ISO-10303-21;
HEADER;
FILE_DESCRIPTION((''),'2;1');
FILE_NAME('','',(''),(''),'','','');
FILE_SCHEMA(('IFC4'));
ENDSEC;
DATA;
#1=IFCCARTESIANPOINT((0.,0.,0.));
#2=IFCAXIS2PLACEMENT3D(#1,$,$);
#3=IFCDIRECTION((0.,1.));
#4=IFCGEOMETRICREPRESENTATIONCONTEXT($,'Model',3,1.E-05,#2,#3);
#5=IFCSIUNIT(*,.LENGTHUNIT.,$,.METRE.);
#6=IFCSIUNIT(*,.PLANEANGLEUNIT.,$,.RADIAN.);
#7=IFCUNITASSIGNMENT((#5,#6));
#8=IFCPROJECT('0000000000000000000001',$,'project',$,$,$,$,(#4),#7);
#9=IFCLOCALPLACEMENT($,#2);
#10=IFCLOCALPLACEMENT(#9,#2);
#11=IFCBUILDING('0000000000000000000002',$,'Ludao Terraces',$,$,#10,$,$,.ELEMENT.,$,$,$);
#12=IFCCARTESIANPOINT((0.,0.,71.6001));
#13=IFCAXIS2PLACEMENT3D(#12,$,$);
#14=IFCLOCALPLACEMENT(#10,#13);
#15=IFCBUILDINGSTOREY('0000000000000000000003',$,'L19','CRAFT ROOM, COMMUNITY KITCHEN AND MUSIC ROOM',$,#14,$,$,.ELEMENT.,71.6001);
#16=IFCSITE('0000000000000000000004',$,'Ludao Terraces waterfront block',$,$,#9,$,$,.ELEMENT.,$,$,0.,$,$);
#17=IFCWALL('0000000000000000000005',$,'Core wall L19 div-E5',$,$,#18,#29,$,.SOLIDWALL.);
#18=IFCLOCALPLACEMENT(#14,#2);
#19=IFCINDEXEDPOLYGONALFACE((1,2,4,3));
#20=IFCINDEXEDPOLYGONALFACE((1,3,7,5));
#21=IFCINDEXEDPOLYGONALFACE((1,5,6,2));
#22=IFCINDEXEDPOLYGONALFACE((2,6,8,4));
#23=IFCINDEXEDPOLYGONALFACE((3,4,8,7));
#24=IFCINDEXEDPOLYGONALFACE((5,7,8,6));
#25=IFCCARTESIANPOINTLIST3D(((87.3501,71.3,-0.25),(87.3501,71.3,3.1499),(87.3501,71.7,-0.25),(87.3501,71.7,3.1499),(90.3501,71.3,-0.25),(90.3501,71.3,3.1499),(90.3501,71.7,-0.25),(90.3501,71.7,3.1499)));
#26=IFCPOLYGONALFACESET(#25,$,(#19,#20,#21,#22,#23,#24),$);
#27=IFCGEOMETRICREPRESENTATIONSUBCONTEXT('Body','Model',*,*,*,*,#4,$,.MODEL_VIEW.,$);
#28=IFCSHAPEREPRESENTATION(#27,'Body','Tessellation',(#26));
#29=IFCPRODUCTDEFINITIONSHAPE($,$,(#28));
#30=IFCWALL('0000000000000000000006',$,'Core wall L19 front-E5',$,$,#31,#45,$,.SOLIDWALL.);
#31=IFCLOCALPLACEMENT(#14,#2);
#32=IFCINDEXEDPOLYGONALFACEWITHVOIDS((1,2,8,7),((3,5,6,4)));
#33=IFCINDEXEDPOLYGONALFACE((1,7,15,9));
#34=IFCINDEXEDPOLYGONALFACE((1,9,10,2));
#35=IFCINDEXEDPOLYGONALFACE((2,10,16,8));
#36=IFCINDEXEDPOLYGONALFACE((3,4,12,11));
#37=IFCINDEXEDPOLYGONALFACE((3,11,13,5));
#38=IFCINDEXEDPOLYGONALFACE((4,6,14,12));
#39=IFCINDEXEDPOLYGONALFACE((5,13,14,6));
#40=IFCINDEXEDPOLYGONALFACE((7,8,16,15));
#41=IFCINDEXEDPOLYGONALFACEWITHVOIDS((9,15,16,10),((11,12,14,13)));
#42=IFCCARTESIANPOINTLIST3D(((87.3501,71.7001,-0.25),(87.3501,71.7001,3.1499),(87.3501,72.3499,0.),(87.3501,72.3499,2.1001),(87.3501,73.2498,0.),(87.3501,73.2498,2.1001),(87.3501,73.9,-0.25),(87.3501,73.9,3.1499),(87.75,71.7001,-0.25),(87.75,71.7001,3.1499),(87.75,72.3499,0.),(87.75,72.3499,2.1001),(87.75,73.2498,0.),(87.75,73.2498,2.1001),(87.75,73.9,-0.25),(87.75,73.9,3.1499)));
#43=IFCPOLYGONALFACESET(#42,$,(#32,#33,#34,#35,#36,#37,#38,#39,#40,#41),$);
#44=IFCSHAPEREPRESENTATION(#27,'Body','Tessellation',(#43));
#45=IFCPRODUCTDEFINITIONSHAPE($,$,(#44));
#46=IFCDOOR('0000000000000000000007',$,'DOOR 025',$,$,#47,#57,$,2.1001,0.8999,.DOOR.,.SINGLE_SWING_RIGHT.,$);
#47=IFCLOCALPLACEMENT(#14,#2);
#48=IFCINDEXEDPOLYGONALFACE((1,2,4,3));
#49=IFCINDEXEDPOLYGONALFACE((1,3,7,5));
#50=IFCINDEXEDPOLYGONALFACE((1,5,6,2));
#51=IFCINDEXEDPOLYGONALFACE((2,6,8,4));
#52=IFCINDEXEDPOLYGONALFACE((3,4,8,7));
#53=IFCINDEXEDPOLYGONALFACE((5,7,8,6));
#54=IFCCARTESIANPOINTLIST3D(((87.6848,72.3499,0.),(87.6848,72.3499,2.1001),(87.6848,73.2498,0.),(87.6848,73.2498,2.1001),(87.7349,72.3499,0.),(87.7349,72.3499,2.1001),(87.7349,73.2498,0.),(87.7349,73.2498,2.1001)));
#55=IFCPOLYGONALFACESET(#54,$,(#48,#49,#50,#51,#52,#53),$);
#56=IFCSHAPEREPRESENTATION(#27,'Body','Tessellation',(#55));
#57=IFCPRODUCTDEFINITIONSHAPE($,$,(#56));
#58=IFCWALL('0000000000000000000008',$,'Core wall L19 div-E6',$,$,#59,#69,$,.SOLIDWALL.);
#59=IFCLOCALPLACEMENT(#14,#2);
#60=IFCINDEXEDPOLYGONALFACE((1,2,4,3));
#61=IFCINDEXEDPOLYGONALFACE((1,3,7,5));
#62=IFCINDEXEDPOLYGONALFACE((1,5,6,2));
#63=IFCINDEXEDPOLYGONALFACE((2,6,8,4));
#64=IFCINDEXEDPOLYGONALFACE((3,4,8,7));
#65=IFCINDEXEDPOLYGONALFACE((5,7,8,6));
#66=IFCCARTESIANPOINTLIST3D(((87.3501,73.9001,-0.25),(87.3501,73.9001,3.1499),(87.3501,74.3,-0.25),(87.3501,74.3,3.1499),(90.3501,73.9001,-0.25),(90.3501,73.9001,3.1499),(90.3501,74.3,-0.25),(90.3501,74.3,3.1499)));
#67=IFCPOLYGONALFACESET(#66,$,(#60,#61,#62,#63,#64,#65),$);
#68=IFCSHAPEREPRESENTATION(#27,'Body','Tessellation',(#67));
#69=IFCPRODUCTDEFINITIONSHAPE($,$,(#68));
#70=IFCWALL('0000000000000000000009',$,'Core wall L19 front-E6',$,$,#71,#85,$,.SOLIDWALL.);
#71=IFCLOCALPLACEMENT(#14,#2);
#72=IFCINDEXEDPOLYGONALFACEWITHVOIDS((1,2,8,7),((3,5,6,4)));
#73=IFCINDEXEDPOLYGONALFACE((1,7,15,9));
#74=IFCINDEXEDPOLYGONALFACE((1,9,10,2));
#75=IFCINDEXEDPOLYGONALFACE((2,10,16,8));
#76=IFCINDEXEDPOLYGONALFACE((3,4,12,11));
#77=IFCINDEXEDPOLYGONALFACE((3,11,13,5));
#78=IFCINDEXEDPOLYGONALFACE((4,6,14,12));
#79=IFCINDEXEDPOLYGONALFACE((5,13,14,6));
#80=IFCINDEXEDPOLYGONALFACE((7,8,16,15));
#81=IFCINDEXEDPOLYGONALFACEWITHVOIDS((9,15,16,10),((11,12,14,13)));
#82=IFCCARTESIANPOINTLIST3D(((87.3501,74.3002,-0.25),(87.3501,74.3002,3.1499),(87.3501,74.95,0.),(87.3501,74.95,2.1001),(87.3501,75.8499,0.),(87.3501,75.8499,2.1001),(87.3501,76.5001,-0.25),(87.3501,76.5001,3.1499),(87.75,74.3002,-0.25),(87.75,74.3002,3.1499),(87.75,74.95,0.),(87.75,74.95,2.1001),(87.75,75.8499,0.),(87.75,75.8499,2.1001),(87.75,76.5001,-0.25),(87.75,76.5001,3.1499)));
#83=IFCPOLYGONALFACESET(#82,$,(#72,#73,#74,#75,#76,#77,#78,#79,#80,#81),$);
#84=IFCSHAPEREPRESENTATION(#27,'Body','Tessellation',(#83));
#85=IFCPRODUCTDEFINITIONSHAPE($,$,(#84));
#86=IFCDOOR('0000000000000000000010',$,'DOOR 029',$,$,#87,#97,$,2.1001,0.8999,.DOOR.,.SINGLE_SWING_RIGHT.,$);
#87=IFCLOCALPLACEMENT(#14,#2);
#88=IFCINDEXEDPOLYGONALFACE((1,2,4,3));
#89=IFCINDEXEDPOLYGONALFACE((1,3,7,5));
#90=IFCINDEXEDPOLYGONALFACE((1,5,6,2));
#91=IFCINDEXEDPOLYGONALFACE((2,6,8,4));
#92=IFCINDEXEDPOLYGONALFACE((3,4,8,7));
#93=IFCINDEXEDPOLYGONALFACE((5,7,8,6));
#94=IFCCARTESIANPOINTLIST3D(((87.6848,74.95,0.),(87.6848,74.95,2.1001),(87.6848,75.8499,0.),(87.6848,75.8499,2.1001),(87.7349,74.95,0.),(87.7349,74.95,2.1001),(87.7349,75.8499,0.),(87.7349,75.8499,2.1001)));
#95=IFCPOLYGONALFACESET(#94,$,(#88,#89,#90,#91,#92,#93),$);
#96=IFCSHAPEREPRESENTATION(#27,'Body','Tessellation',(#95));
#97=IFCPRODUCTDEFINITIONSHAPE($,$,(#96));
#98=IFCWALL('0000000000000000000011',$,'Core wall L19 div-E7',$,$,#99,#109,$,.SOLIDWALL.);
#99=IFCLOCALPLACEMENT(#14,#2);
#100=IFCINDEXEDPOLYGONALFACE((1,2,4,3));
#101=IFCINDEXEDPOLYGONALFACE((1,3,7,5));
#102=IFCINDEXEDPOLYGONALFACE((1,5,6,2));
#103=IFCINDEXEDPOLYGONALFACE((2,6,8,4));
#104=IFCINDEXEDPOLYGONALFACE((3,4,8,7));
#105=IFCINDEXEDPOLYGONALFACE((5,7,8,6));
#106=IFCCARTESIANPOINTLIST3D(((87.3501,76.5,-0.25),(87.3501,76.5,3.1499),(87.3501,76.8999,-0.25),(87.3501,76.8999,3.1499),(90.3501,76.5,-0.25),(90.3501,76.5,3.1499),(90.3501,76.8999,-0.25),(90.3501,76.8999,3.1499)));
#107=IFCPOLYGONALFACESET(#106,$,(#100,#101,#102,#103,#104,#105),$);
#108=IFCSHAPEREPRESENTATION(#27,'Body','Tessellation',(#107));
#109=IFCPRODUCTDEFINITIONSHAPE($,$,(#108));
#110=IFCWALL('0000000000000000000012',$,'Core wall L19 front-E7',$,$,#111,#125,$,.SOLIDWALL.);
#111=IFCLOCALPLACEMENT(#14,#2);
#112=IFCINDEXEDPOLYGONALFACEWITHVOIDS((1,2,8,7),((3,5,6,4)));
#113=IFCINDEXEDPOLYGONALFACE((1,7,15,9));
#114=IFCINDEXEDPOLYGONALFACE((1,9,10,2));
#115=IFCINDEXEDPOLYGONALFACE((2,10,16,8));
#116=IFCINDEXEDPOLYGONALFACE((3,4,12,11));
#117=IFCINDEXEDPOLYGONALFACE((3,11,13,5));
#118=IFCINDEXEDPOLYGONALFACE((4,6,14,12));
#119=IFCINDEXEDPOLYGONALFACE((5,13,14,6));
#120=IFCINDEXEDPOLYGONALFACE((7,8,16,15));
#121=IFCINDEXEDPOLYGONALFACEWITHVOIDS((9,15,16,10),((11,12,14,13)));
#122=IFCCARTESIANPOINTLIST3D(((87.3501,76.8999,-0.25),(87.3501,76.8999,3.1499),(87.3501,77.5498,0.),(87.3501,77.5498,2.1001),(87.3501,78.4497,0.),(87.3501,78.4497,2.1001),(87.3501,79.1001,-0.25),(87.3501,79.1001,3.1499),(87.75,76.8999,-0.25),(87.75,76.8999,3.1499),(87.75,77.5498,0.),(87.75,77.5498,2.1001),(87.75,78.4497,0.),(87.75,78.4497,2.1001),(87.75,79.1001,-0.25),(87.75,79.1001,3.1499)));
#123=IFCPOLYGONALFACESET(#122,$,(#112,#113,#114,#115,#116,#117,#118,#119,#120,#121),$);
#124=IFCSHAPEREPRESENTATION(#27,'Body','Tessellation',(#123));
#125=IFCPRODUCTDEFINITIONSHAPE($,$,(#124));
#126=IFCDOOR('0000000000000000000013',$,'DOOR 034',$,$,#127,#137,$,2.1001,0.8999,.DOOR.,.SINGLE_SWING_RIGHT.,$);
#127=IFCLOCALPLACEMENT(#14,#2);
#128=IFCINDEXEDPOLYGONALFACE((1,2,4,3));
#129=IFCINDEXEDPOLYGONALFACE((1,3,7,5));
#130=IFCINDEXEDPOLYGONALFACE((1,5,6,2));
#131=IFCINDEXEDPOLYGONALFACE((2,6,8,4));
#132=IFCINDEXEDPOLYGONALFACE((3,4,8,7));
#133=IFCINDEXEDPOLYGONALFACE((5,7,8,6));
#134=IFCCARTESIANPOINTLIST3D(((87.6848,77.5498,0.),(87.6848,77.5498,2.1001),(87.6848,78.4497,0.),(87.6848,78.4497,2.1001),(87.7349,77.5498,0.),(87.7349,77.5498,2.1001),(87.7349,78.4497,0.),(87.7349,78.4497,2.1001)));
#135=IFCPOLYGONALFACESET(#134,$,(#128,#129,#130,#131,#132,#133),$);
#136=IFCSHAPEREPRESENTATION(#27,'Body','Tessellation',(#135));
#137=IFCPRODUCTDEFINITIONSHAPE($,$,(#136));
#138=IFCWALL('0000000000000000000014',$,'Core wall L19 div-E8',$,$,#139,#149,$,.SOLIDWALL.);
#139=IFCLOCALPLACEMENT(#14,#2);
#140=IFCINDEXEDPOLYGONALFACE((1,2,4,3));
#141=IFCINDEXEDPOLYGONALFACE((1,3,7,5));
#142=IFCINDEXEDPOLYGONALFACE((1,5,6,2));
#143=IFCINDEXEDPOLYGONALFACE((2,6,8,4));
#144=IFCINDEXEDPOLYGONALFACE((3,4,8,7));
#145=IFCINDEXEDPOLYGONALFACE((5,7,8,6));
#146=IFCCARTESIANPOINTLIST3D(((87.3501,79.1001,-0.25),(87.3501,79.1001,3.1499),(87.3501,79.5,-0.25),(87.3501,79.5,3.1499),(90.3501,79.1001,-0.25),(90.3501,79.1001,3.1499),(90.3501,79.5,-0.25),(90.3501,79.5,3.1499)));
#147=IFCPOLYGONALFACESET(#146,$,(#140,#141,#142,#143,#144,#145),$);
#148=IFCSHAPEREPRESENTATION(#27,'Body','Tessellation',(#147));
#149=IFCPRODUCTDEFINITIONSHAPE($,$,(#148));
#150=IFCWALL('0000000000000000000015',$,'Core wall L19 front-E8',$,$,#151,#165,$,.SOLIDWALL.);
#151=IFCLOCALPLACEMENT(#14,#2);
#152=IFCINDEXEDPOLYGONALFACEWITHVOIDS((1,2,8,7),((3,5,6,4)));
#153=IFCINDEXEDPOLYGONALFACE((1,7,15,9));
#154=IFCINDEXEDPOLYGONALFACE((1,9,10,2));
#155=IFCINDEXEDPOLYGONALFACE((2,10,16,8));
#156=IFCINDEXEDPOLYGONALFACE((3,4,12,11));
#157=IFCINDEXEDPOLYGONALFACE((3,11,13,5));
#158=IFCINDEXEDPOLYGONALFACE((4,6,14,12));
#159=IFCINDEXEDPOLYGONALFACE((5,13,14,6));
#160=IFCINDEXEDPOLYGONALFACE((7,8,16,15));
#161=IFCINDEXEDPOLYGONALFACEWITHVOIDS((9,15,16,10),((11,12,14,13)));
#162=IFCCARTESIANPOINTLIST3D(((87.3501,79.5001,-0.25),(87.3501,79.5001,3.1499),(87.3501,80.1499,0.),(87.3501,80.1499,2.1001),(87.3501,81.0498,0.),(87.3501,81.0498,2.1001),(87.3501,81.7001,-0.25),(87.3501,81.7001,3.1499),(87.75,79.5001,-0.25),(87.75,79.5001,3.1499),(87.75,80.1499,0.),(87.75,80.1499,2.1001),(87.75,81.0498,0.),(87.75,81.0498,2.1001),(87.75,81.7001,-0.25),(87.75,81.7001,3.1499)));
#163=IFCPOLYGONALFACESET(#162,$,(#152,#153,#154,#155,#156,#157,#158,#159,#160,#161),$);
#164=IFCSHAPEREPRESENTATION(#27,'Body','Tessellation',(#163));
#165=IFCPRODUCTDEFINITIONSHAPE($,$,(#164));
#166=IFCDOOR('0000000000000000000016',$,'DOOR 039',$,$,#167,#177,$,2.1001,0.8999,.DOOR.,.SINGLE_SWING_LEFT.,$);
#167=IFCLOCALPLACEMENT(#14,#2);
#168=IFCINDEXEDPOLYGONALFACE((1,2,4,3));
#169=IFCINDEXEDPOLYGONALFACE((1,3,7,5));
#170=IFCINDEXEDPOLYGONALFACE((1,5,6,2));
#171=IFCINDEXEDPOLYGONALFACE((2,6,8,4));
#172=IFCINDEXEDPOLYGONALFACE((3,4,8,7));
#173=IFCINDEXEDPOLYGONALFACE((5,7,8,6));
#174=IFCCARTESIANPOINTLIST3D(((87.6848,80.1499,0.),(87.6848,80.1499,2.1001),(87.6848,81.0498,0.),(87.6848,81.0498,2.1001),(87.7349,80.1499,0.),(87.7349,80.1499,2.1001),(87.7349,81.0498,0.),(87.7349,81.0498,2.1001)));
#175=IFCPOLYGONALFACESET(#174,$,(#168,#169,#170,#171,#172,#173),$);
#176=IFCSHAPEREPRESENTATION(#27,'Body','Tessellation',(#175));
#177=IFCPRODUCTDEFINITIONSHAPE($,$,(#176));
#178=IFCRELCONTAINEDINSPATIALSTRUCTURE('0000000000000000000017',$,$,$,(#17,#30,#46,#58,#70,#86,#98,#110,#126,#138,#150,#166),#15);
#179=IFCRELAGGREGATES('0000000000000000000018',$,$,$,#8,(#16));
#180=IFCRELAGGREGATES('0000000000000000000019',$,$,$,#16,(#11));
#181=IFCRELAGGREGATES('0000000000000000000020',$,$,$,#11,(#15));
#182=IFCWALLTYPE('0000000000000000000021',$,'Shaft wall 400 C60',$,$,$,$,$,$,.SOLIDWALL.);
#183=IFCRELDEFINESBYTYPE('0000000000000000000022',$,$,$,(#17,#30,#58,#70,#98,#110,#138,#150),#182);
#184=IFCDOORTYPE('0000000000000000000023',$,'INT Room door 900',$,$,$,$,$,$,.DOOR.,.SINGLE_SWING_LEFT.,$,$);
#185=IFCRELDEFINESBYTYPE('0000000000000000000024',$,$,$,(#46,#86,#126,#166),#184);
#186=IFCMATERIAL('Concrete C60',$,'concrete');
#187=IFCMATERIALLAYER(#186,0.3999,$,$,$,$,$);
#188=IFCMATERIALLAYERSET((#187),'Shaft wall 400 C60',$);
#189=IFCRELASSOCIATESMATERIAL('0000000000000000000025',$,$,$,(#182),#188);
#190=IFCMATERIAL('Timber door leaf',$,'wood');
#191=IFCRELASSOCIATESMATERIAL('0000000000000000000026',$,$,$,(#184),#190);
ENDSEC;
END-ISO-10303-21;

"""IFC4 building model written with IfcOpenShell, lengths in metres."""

from ifc_helpers import new_model, si_unit, direction, frame, frame_2d, origin, place, context, subcontext, project, spatial, rectangle, extrude, material, layer, layer_set, type_object, element, fill, save


model = new_model("IFC4")

# Units and contexts
model_context = context("Model", 3, precision=1e-05, world=origin(), true_north=direction((0.0, 1.0)))
body_context = subcontext(model_context, "Body", "Model", "MODEL_VIEW")
ifc_project = project(units=[si_unit("LENGTHUNIT", "METRE"), si_unit("PLANEANGLEUNIT", "RADIAN")], contexts=[model_context])

# Site, building, storey
site_placement = place(None, origin())
site = spatial("IfcSite", under=ifc_project, at=site_placement, Name="Ludao Terraces waterfront block", CompositionType="ELEMENT", RefElevation=0.0)
building_placement = place(site_placement, origin())
building = spatial("IfcBuilding", under=site, at=building_placement, Name="Ludao Terraces", CompositionType="ELEMENT")
storey_placement = place(building_placement, frame((0.0, 0.0, 71.6001)))
storey = spatial("IfcBuildingStorey", under=building, at=storey_placement, Name="L19", Description="CRAFT ROOM, COMMUNITY KITCHEN AND MUSIC ROOM", CompositionType="ELEMENT", Elevation=71.6001)

# Wall
ifc_material_1 = material(Name="Concrete C60", Category="concrete")
ifc_layer_1 = layer(ifc_material_1, 0.3999)
ifc_layer_set_1 = layer_set([ifc_layer_1], Name="Shaft wall 400 C60")
wall_type_1 = type_object("IfcWallType", Name="Shaft wall 400 C60", PredefinedType="SOLIDWALL", material=ifc_layer_set_1)
wall_1_placement = place(storey_placement, frame((87.3501, 71.5, -0.25), z_axis=(0.0, 0.0, 1.0), x_axis=(1.0, 0.0, 0.0)))
element("IfcWall", 1, at=wall_1_placement, inside=storey, type_object=wall_type_1, Name="Core wall L19 div-E5", PredefinedType="SOLIDWALL", context=body_context, shape_type="SweptSolid", body=[
    extrude(rectangle(XDim=3.0, YDim=0.3999, at=frame_2d((1.5, 0.0))), origin(), (0.0, 0.0, 1.0), 3.3999),
])

# Wall, opening, door
wall_2_placement = place(storey_placement, frame((87.55, 71.7, -0.25), z_axis=(0.0, 0.0, 1.0), x_axis=(0.0, 1.0, 0.0)))
wall_2 = element("IfcWall", 2, at=wall_2_placement, inside=storey, type_object=wall_type_1, Name="Core wall L19 front-E5", PredefinedType="SOLIDWALL", context=body_context, shape_type="SweptSolid", body=[
    extrude(rectangle(XDim=2.2, YDim=0.3999, at=frame_2d((1.1001, 0.0))), origin(), (0.0, 0.0, 1.0), 3.3999),
])
opening_1_placement = place(wall_2_placement, frame((0.6499, 0.0, 0.25)))
opening_1 = element("IfcOpeningElement", 3, at=opening_1_placement, cuts=wall_2, PredefinedType="OPENING", context=body_context, shape_type="SweptSolid", body=[
    extrude(rectangle(XDim=0.8999, YDim=2.1001, at=frame_2d((0.45, 1.05))), frame((0.0, 0.21, 0.0), z_axis=(0.0, -1.0, 0.0), x_axis=(1.0, 0.0, 0.0)), (0.0, 0.0, 1.0), 0.4199),
])
ifc_material_2 = material(Name="Timber door leaf", Category="wood")
door_type_1 = type_object("IfcDoorType", Name="INT Room door 900", OperationType="SINGLE_SWING_LEFT", PredefinedType="DOOR", material=ifc_material_2)
door_1_placement = place(opening_1_placement, origin())
door_1 = element("IfcDoor", 4, at=door_1_placement, inside=storey, type_object=door_type_1, Name="DOOR 025", OperationType="SINGLE_SWING_RIGHT", OverallHeight=2.1001, OverallWidth=0.8999, PredefinedType="DOOR", context=body_context, shape_type="SweptSolid", body=[
    extrude(rectangle(XDim=0.8999, YDim=2.1001, at=frame_2d((0.45, 1.05))), frame((0.0, -0.1348, 0.0), z_axis=(0.0, -1.0, 0.0), x_axis=(1.0, 0.0, 0.0)), (0.0, 0.0, 1.0), 0.05),
])
fill(opening_1, door_1)

# Wall
wall_3_placement = place(storey_placement, frame((87.3501, 74.1001, -0.25), z_axis=(0.0, 0.0, 1.0), x_axis=(1.0, 0.0, 0.0)))
element("IfcWall", 5, at=wall_3_placement, inside=storey, type_object=wall_type_1, Name="Core wall L19 div-E6", PredefinedType="SOLIDWALL", context=body_context, shape_type="SweptSolid", body=[
    extrude(rectangle(XDim=3.0, YDim=0.3999, at=frame_2d((1.5, 0.0))), origin(), (0.0, 0.0, 1.0), 3.3999),
])

# Wall, opening, door
wall_4_placement = place(storey_placement, frame((87.55, 74.3, -0.25), z_axis=(0.0, 0.0, 1.0), x_axis=(0.0, 1.0, 0.0)))
wall_4 = element("IfcWall", 6, at=wall_4_placement, inside=storey, type_object=wall_type_1, Name="Core wall L19 front-E6", PredefinedType="SOLIDWALL", context=body_context, shape_type="SweptSolid", body=[
    extrude(rectangle(XDim=2.2, YDim=0.3999, at=frame_2d((1.1001, 0.0))), origin(), (0.0, 0.0, 1.0), 3.3999),
])
opening_2_placement = place(wall_4_placement, frame((0.6499, 0.0, 0.25)))
opening_2 = element("IfcOpeningElement", 7, at=opening_2_placement, cuts=wall_4, PredefinedType="OPENING", context=body_context, shape_type="SweptSolid", body=[
    extrude(rectangle(XDim=0.8999, YDim=2.1001, at=frame_2d((0.45, 1.05))), frame((0.0, 0.21, 0.0), z_axis=(0.0, -1.0, 0.0), x_axis=(1.0, 0.0, 0.0)), (0.0, 0.0, 1.0), 0.4199),
])
door_2_placement = place(opening_2_placement, origin())
door_2 = element("IfcDoor", 8, at=door_2_placement, inside=storey, type_object=door_type_1, Name="DOOR 029", OperationType="SINGLE_SWING_RIGHT", OverallHeight=2.1001, OverallWidth=0.8999, PredefinedType="DOOR", context=body_context, shape_type="SweptSolid", body=[
    extrude(rectangle(XDim=0.8999, YDim=2.1001, at=frame_2d((0.45, 1.05))), frame((0.0, -0.1348, 0.0), z_axis=(0.0, -1.0, 0.0), x_axis=(1.0, 0.0, 0.0)), (0.0, 0.0, 1.0), 0.05),
])
fill(opening_2, door_2)

# Wall
wall_5_placement = place(storey_placement, frame((87.3501, 76.7, -0.25), z_axis=(0.0, 0.0, 1.0), x_axis=(1.0, 0.0, 0.0)))
element("IfcWall", 9, at=wall_5_placement, inside=storey, type_object=wall_type_1, Name="Core wall L19 div-E7", PredefinedType="SOLIDWALL", context=body_context, shape_type="SweptSolid", body=[
    extrude(rectangle(XDim=3.0, YDim=0.3999, at=frame_2d((1.5, 0.0))), origin(), (0.0, 0.0, 1.0), 3.3999),
])

# Wall, opening, door
wall_6_placement = place(storey_placement, frame((87.55, 76.8999, -0.25), z_axis=(0.0, 0.0, 1.0), x_axis=(0.0, 1.0, 0.0)))
wall_6 = element("IfcWall", 10, at=wall_6_placement, inside=storey, type_object=wall_type_1, Name="Core wall L19 front-E7", PredefinedType="SOLIDWALL", context=body_context, shape_type="SweptSolid", body=[
    extrude(rectangle(XDim=2.2002, YDim=0.3999, at=frame_2d((1.1001, 0.0))), origin(), (0.0, 0.0, 1.0), 3.3999),
])
opening_3_placement = place(wall_6_placement, frame((0.6499, 0.0, 0.25)))
opening_3 = element("IfcOpeningElement", 11, at=opening_3_placement, cuts=wall_6, PredefinedType="OPENING", context=body_context, shape_type="SweptSolid", body=[
    extrude(rectangle(XDim=0.8999, YDim=2.1001, at=frame_2d((0.45, 1.05))), frame((0.0, 0.21, 0.0), z_axis=(0.0, -1.0, 0.0), x_axis=(1.0, 0.0, 0.0)), (0.0, 0.0, 1.0), 0.4199),
])
door_3_placement = place(opening_3_placement, origin())
door_3 = element("IfcDoor", 12, at=door_3_placement, inside=storey, type_object=door_type_1, Name="DOOR 034", OperationType="SINGLE_SWING_RIGHT", OverallHeight=2.1001, OverallWidth=0.8999, PredefinedType="DOOR", context=body_context, shape_type="SweptSolid", body=[
    extrude(rectangle(XDim=0.8999, YDim=2.1001, at=frame_2d((0.45, 1.05))), frame((0.0, -0.1348, 0.0), z_axis=(0.0, -1.0, 0.0), x_axis=(1.0, 0.0, 0.0)), (0.0, 0.0, 1.0), 0.05),
])
fill(opening_3, door_3)

# Wall
wall_7_placement = place(storey_placement, frame((87.3501, 79.3, -0.25), z_axis=(0.0, 0.0, 1.0), x_axis=(1.0, 0.0, 0.0)))
element("IfcWall", 13, at=wall_7_placement, inside=storey, type_object=wall_type_1, Name="Core wall L19 div-E8", PredefinedType="SOLIDWALL", context=body_context, shape_type="SweptSolid", body=[
    extrude(rectangle(XDim=3.0, YDim=0.3999, at=frame_2d((1.5, 0.0))), origin(), (0.0, 0.0, 1.0), 3.3999),
])

# Wall, opening, door
wall_8_placement = place(storey_placement, frame((87.55, 79.5, -0.25), z_axis=(0.0, 0.0, 1.0), x_axis=(0.0, 1.0, 0.0)))
wall_8 = element("IfcWall", 14, at=wall_8_placement, inside=storey, type_object=wall_type_1, Name="Core wall L19 front-E8", PredefinedType="SOLIDWALL", context=body_context, shape_type="SweptSolid", body=[
    extrude(rectangle(XDim=2.2, YDim=0.3999, at=frame_2d((1.1001, 0.0))), origin(), (0.0, 0.0, 1.0), 3.3999),
])
opening_4_placement = place(wall_8_placement, frame((0.6499, 0.0, 0.25)))
opening_4 = element("IfcOpeningElement", 15, at=opening_4_placement, cuts=wall_8, PredefinedType="OPENING", context=body_context, shape_type="SweptSolid", body=[
    extrude(rectangle(XDim=0.8999, YDim=2.1001, at=frame_2d((0.45, 1.05))), frame((0.0, 0.21, 0.0), z_axis=(0.0, -1.0, 0.0), x_axis=(1.0, 0.0, 0.0)), (0.0, 0.0, 1.0), 0.4199),
])
door_4_placement = place(opening_4_placement, origin())
door_4 = element("IfcDoor", 16, at=door_4_placement, inside=storey, type_object=door_type_1, Name="DOOR 039", OperationType="SINGLE_SWING_LEFT", OverallHeight=2.1001, OverallWidth=0.8999, PredefinedType="DOOR", context=body_context, shape_type="SweptSolid", body=[
    extrude(rectangle(XDim=0.8999, YDim=2.1001, at=frame_2d((0.45, 1.05))), frame((0.0, -0.1348, 0.0), z_axis=(0.0, -1.0, 0.0), x_axis=(1.0, 0.0, 0.0)), (0.0, 0.0, 1.0), 0.05),
])
fill(opening_4, door_4)

save(model, "model.ifc")
